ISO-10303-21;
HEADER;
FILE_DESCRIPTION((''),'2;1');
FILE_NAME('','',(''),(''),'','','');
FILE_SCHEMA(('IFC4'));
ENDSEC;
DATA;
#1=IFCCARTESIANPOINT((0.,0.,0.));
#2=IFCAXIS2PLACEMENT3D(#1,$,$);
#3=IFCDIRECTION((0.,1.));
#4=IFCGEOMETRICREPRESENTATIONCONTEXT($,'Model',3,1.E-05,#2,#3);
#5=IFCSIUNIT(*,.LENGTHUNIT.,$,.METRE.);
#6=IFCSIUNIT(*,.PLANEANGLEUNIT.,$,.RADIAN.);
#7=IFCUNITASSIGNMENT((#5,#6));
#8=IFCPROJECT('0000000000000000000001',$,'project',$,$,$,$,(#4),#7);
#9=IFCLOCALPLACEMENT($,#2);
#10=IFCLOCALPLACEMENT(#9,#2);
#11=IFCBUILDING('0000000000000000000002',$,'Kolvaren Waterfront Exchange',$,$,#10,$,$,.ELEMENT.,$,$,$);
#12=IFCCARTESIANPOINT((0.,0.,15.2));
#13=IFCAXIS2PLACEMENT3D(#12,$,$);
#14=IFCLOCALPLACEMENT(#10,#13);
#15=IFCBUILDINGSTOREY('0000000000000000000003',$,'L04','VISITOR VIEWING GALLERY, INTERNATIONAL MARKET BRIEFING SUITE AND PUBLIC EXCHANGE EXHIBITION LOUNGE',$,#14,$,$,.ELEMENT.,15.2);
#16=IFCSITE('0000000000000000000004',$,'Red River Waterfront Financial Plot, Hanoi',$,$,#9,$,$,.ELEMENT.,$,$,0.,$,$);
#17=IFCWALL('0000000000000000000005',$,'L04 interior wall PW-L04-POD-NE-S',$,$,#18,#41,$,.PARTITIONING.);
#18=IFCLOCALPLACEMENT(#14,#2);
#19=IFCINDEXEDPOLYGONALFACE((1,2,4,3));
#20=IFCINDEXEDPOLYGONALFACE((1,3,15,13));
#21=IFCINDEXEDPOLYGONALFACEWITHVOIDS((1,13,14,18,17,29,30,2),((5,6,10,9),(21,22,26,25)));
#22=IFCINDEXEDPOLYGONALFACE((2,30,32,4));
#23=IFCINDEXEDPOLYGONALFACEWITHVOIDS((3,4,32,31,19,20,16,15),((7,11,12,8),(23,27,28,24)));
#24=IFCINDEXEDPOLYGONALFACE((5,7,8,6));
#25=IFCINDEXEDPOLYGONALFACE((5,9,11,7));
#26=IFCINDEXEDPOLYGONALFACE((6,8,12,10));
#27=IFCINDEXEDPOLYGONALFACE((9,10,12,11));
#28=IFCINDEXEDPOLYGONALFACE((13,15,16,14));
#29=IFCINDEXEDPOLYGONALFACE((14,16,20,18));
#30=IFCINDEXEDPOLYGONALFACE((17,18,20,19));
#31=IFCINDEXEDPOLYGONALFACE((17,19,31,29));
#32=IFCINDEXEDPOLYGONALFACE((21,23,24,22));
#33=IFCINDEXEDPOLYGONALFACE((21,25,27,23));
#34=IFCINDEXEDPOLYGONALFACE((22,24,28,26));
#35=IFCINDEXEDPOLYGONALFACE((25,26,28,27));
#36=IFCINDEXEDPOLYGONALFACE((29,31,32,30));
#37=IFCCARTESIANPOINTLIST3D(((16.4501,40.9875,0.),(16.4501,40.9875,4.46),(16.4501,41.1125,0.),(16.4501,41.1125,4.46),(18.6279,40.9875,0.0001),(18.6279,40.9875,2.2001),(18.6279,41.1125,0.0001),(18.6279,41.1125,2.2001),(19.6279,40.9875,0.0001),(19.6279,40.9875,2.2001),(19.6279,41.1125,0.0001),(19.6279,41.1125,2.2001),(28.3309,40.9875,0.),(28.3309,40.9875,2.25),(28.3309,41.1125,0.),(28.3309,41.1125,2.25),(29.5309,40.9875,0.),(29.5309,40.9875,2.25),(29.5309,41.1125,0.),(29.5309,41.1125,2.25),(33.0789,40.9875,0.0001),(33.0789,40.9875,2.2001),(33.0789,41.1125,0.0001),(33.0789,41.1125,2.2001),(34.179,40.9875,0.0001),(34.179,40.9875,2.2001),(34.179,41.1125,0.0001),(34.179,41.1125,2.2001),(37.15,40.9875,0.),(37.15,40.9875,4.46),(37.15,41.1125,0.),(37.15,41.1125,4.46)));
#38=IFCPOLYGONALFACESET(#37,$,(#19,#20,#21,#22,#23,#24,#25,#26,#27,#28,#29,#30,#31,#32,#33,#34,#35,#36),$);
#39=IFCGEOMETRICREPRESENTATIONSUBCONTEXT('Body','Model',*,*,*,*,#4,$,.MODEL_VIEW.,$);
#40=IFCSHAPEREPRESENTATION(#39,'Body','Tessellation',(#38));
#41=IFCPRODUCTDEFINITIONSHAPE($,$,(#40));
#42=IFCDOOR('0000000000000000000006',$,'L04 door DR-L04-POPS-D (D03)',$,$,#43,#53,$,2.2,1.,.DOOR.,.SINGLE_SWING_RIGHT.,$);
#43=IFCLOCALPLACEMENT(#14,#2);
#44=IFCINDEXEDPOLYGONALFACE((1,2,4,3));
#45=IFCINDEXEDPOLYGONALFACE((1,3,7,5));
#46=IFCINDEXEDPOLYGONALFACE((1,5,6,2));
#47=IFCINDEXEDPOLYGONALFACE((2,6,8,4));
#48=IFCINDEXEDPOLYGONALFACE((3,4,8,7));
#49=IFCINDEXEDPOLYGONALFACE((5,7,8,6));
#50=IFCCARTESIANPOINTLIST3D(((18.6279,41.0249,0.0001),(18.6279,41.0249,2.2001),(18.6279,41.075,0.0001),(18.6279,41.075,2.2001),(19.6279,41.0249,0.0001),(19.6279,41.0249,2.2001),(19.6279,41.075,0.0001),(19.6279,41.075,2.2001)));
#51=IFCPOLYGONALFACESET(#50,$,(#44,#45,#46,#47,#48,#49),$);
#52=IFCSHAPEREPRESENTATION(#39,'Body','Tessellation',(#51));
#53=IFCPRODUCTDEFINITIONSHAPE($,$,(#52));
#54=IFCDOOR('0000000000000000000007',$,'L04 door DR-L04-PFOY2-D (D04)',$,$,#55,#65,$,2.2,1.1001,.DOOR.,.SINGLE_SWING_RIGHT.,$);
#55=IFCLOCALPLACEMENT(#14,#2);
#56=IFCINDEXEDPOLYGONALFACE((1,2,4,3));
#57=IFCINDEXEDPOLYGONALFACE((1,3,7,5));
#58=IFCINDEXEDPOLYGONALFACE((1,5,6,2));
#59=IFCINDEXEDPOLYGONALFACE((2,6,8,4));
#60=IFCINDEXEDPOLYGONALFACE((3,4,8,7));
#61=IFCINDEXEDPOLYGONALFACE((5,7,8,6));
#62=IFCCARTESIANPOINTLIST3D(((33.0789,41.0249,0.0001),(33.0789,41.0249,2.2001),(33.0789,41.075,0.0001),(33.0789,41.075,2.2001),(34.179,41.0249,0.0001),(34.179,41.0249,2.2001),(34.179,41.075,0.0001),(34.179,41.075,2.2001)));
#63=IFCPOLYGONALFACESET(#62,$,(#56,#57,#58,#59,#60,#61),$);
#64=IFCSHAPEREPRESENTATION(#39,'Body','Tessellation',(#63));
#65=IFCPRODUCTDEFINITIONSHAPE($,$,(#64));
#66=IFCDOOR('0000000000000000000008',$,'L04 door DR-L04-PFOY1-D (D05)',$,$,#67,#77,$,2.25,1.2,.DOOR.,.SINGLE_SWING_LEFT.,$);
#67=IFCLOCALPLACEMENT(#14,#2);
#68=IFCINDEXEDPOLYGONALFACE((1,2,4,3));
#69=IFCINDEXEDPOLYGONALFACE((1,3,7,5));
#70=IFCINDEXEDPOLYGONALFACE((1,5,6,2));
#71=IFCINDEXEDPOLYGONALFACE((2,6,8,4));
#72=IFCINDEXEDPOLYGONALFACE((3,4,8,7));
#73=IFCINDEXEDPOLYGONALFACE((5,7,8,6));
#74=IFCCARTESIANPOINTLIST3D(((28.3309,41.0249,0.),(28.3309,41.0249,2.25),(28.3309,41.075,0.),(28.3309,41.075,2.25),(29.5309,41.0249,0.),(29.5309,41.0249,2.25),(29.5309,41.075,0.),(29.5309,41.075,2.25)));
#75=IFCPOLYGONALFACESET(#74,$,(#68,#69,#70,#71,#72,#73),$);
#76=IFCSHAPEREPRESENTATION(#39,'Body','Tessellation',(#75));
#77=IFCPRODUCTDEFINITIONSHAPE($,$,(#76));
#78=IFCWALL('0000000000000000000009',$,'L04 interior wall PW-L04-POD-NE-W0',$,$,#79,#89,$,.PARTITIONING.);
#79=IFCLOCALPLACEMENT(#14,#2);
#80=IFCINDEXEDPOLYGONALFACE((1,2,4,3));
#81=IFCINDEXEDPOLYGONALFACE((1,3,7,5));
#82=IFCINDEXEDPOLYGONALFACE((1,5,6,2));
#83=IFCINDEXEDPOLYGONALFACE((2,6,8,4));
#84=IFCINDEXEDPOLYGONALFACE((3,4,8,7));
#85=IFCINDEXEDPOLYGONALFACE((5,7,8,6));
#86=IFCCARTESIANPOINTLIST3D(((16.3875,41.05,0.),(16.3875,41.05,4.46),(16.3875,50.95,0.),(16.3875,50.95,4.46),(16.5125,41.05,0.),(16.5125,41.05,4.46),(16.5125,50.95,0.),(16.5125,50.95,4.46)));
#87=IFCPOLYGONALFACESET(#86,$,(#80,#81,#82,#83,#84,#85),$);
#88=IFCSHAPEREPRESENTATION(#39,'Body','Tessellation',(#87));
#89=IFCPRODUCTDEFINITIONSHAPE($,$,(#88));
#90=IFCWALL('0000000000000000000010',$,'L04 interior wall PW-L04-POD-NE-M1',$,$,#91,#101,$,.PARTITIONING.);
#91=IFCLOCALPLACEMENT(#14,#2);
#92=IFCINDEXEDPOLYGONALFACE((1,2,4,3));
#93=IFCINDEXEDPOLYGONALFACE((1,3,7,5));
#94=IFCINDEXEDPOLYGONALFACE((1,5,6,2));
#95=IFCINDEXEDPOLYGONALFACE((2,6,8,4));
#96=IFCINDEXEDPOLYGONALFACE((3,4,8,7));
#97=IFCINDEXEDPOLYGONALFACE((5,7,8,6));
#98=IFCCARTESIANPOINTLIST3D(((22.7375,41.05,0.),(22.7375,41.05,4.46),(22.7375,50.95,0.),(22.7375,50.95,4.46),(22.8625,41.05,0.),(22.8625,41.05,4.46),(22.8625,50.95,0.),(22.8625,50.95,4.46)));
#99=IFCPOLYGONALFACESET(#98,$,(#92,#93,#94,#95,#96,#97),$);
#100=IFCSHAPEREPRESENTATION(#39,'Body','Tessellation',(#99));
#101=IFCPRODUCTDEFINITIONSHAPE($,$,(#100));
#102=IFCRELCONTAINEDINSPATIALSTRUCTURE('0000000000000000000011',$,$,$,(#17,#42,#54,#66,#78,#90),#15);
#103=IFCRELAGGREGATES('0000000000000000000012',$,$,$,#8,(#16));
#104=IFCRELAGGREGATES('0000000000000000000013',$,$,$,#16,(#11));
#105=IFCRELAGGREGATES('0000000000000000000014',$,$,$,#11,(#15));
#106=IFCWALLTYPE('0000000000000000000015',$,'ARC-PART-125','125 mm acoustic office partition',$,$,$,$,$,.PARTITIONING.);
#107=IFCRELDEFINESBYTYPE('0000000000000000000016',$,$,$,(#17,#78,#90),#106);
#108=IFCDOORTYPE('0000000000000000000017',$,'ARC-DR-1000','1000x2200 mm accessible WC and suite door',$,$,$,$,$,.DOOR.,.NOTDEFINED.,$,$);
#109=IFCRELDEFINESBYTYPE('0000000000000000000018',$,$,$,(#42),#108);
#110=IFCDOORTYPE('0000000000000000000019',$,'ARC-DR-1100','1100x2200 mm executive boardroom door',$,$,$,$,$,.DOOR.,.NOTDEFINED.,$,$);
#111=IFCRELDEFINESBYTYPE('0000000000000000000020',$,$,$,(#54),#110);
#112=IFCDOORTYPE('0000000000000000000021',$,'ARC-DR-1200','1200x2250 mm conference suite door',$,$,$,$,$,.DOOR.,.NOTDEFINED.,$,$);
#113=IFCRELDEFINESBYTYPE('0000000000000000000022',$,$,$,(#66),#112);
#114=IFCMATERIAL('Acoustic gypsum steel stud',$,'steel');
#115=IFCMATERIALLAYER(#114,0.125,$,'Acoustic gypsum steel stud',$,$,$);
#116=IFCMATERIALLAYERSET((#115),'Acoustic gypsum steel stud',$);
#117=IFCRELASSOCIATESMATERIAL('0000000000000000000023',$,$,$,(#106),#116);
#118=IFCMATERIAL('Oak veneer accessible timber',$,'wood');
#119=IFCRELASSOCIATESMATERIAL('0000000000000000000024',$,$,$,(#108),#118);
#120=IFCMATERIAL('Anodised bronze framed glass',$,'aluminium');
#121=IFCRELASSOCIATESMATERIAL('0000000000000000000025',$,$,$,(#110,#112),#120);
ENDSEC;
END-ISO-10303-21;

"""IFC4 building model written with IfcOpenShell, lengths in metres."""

from ifc_helpers import new_model, si_unit, direction, frame, frame_2d, origin, place, context, subcontext, project, spatial, rectangle, extrude, material, layer, layer_set, type_object, element, fill, save


model = new_model("IFC4")

# Units and contexts
model_context = context("Model", 3, precision=1e-05, world=origin(), true_north=direction((0.0, 1.0)))
body_context = subcontext(model_context, "Body", "Model", "MODEL_VIEW")
ifc_project = project(units=[si_unit("LENGTHUNIT", "METRE"), si_unit("PLANEANGLEUNIT", "RADIAN")], contexts=[model_context])

# Site, building, storey
site_placement = place(None, origin())
site = spatial("IfcSite", under=ifc_project, at=site_placement, Name="Red River Waterfront Financial Plot, Hanoi", CompositionType="ELEMENT", RefElevation=0.0)
building_placement = place(site_placement, origin())
building = spatial("IfcBuilding", under=site, at=building_placement, Name="Kolvaren Waterfront Exchange", CompositionType="ELEMENT")
storey_placement = place(building_placement, frame((0.0, 0.0, 15.2)))
storey = spatial("IfcBuildingStorey", under=building, at=storey_placement, Name="L04", Description="VISITOR VIEWING GALLERY, INTERNATIONAL MARKET BRIEFING SUITE AND PUBLIC EXCHANGE EXHIBITION LOUNGE", CompositionType="ELEMENT", Elevation=15.2)

# Wall, openings, doors
ifc_material_1 = material(Name="Acoustic gypsum steel stud", Category="steel")
ifc_layer_1 = layer(ifc_material_1, 0.125, Name="Acoustic gypsum steel stud")
ifc_layer_set_1 = layer_set([ifc_layer_1], Name="Acoustic gypsum steel stud")
wall_type = type_object("IfcWallType", Name="ARC-PART-125", Description="125 mm acoustic office partition", PredefinedType="PARTITIONING", material=ifc_layer_set_1)
ifc_material_2 = material(Name="Oak veneer accessible timber", Category="wood")
door_type_1 = type_object("IfcDoorType", Name="ARC-DR-1000", Description="1000x2200 mm accessible WC and suite door", OperationType="NOTDEFINED", PredefinedType="DOOR", material=ifc_material_2)
wall_1_placement = place(storey_placement, frame((16.45, 41.05, 0.0), z_axis=(0.0, 0.0, 1.0), x_axis=(1.0, 0.0, 0.0)))
wall_1 = element("IfcWall", 1, at=wall_1_placement, inside=storey, type_object=wall_type, Name="L04 interior wall PW-L04-POD-NE-S", PredefinedType="PARTITIONING", context=body_context, shape_type="SweptSolid", body=[
    extrude(rectangle(XDim=20.7, YDim=0.125, at=frame_2d((10.3501, 0.0))), origin(), (0.0, 0.0, 1.0), 4.46),
])
opening_1_placement = place(wall_1_placement, frame((2.178, 0.0, 0.0)))
opening_1 = element("IfcOpeningElement", 2, at=opening_1_placement, cuts=wall_1, PredefinedType="OPENING", context=body_context, shape_type="SweptSolid", body=[
    extrude(rectangle(XDim=1.0, YDim=2.2, at=frame_2d((0.5, 1.1001))), frame((0.0, 0.0725, 0.0), z_axis=(0.0, -1.0, 0.0), x_axis=(1.0, 0.0, 0.0)), (0.0, 0.0, 1.0), 0.145),
])
opening_2_placement = place(wall_1_placement, frame((11.8809, 0.0, 0.0)))
opening_2 = element("IfcOpeningElement", 3, at=opening_2_placement, cuts=wall_1, PredefinedType="OPENING", context=body_context, shape_type="SweptSolid", body=[
    extrude(rectangle(XDim=1.2, YDim=2.25, at=frame_2d((0.6001, 1.125))), frame((0.0, 0.0725, 0.0), z_axis=(0.0, -1.0, 0.0), x_axis=(1.0, 0.0, 0.0)), (0.0, 0.0, 1.0), 0.145),
])
opening_3_placement = place(wall_1_placement, frame((16.6289, 0.0, 0.0)))
opening_3 = element("IfcOpeningElement", 4, at=opening_3_placement, cuts=wall_1, PredefinedType="OPENING", context=body_context, shape_type="SweptSolid", body=[
    extrude(rectangle(XDim=1.1001, YDim=2.2, at=frame_2d((0.55, 1.1001))), frame((0.0, 0.0725, 0.0), z_axis=(0.0, -1.0, 0.0), x_axis=(1.0, 0.0, 0.0)), (0.0, 0.0, 1.0), 0.145),
])
door_1_placement = place(opening_1_placement, origin())
door_1 = element("IfcDoor", 5, at=door_1_placement, inside=storey, type_object=door_type_1, Name="L04 door DR-L04-POPS-D (D03)", OperationType="SINGLE_SWING_RIGHT", OverallHeight=2.2, OverallWidth=1.0, PredefinedType="DOOR", context=body_context, shape_type="SweptSolid", body=[
    extrude(rectangle(XDim=1.0, YDim=2.2, at=frame_2d((0.5, 1.1001))), frame((0.0, 0.0249, 0.0), z_axis=(0.0, -1.0, 0.0), x_axis=(1.0, 0.0, 0.0)), (0.0, 0.0, 1.0), 0.05),
])
fill(opening_1, door_1)
ifc_material_3 = material(Name="Anodised bronze framed glass", Category="aluminium")
door_type_2 = type_object("IfcDoorType", Name="ARC-DR-1100", Description="1100x2200 mm executive boardroom door", OperationType="NOTDEFINED", PredefinedType="DOOR", material=ifc_material_3)
door_2_placement = place(opening_3_placement, origin())
door_2 = element("IfcDoor", 6, at=door_2_placement, inside=storey, type_object=door_type_2, Name="L04 door DR-L04-PFOY2-D (D04)", OperationType="SINGLE_SWING_RIGHT", OverallHeight=2.2, OverallWidth=1.1001, PredefinedType="DOOR", context=body_context, shape_type="SweptSolid", body=[
    extrude(rectangle(XDim=1.1001, YDim=2.2, at=frame_2d((0.55, 1.1001))), frame((0.0, 0.0249, 0.0), z_axis=(0.0, -1.0, 0.0), x_axis=(1.0, 0.0, 0.0)), (0.0, 0.0, 1.0), 0.05),
])
fill(opening_3, door_2)
door_type_3 = type_object("IfcDoorType", Name="ARC-DR-1200", Description="1200x2250 mm conference suite door", OperationType="NOTDEFINED", PredefinedType="DOOR", material=ifc_material_3)
door_3_placement = place(opening_2_placement, origin())
door_3 = element("IfcDoor", 7, at=door_3_placement, inside=storey, type_object=door_type_3, Name="L04 door DR-L04-PFOY1-D (D05)", OperationType="SINGLE_SWING_LEFT", OverallHeight=2.25, OverallWidth=1.2, PredefinedType="DOOR", context=body_context, shape_type="SweptSolid", body=[
    extrude(rectangle(XDim=1.2, YDim=2.25, at=frame_2d((0.6001, 1.125))), frame((0.0, 0.0249, 0.0), z_axis=(0.0, -1.0, 0.0), x_axis=(1.0, 0.0, 0.0)), (0.0, 0.0, 1.0), 0.05),
])
fill(opening_2, door_3)

# Walls
for number, where, z_axis, x_axis, name in (
    (8, (16.45, 41.05, 0.0), (0.0, 0.0, 1.0), (0.0, 1.0, 0.0), "L04 interior wall PW-L04-POD-NE-W0"),
    (9, (22.8, 41.05, 0.0), (0.0, 0.0, 1.0), (0.0, 1.0, 0.0), "L04 interior wall PW-L04-POD-NE-M1"),
):
    element("IfcWall", number, at=place(storey_placement, frame(where, z_axis=z_axis, x_axis=x_axis)), inside=storey, type_object=wall_type, Name=name, PredefinedType="PARTITIONING", context=body_context, shape_type="SweptSolid", body=[
        extrude(rectangle(XDim=9.8999, YDim=0.125, at=frame_2d((4.95, 0.0))), origin(), (0.0, 0.0, 1.0), 4.46),
    ])

save(model, "model.ifc")
